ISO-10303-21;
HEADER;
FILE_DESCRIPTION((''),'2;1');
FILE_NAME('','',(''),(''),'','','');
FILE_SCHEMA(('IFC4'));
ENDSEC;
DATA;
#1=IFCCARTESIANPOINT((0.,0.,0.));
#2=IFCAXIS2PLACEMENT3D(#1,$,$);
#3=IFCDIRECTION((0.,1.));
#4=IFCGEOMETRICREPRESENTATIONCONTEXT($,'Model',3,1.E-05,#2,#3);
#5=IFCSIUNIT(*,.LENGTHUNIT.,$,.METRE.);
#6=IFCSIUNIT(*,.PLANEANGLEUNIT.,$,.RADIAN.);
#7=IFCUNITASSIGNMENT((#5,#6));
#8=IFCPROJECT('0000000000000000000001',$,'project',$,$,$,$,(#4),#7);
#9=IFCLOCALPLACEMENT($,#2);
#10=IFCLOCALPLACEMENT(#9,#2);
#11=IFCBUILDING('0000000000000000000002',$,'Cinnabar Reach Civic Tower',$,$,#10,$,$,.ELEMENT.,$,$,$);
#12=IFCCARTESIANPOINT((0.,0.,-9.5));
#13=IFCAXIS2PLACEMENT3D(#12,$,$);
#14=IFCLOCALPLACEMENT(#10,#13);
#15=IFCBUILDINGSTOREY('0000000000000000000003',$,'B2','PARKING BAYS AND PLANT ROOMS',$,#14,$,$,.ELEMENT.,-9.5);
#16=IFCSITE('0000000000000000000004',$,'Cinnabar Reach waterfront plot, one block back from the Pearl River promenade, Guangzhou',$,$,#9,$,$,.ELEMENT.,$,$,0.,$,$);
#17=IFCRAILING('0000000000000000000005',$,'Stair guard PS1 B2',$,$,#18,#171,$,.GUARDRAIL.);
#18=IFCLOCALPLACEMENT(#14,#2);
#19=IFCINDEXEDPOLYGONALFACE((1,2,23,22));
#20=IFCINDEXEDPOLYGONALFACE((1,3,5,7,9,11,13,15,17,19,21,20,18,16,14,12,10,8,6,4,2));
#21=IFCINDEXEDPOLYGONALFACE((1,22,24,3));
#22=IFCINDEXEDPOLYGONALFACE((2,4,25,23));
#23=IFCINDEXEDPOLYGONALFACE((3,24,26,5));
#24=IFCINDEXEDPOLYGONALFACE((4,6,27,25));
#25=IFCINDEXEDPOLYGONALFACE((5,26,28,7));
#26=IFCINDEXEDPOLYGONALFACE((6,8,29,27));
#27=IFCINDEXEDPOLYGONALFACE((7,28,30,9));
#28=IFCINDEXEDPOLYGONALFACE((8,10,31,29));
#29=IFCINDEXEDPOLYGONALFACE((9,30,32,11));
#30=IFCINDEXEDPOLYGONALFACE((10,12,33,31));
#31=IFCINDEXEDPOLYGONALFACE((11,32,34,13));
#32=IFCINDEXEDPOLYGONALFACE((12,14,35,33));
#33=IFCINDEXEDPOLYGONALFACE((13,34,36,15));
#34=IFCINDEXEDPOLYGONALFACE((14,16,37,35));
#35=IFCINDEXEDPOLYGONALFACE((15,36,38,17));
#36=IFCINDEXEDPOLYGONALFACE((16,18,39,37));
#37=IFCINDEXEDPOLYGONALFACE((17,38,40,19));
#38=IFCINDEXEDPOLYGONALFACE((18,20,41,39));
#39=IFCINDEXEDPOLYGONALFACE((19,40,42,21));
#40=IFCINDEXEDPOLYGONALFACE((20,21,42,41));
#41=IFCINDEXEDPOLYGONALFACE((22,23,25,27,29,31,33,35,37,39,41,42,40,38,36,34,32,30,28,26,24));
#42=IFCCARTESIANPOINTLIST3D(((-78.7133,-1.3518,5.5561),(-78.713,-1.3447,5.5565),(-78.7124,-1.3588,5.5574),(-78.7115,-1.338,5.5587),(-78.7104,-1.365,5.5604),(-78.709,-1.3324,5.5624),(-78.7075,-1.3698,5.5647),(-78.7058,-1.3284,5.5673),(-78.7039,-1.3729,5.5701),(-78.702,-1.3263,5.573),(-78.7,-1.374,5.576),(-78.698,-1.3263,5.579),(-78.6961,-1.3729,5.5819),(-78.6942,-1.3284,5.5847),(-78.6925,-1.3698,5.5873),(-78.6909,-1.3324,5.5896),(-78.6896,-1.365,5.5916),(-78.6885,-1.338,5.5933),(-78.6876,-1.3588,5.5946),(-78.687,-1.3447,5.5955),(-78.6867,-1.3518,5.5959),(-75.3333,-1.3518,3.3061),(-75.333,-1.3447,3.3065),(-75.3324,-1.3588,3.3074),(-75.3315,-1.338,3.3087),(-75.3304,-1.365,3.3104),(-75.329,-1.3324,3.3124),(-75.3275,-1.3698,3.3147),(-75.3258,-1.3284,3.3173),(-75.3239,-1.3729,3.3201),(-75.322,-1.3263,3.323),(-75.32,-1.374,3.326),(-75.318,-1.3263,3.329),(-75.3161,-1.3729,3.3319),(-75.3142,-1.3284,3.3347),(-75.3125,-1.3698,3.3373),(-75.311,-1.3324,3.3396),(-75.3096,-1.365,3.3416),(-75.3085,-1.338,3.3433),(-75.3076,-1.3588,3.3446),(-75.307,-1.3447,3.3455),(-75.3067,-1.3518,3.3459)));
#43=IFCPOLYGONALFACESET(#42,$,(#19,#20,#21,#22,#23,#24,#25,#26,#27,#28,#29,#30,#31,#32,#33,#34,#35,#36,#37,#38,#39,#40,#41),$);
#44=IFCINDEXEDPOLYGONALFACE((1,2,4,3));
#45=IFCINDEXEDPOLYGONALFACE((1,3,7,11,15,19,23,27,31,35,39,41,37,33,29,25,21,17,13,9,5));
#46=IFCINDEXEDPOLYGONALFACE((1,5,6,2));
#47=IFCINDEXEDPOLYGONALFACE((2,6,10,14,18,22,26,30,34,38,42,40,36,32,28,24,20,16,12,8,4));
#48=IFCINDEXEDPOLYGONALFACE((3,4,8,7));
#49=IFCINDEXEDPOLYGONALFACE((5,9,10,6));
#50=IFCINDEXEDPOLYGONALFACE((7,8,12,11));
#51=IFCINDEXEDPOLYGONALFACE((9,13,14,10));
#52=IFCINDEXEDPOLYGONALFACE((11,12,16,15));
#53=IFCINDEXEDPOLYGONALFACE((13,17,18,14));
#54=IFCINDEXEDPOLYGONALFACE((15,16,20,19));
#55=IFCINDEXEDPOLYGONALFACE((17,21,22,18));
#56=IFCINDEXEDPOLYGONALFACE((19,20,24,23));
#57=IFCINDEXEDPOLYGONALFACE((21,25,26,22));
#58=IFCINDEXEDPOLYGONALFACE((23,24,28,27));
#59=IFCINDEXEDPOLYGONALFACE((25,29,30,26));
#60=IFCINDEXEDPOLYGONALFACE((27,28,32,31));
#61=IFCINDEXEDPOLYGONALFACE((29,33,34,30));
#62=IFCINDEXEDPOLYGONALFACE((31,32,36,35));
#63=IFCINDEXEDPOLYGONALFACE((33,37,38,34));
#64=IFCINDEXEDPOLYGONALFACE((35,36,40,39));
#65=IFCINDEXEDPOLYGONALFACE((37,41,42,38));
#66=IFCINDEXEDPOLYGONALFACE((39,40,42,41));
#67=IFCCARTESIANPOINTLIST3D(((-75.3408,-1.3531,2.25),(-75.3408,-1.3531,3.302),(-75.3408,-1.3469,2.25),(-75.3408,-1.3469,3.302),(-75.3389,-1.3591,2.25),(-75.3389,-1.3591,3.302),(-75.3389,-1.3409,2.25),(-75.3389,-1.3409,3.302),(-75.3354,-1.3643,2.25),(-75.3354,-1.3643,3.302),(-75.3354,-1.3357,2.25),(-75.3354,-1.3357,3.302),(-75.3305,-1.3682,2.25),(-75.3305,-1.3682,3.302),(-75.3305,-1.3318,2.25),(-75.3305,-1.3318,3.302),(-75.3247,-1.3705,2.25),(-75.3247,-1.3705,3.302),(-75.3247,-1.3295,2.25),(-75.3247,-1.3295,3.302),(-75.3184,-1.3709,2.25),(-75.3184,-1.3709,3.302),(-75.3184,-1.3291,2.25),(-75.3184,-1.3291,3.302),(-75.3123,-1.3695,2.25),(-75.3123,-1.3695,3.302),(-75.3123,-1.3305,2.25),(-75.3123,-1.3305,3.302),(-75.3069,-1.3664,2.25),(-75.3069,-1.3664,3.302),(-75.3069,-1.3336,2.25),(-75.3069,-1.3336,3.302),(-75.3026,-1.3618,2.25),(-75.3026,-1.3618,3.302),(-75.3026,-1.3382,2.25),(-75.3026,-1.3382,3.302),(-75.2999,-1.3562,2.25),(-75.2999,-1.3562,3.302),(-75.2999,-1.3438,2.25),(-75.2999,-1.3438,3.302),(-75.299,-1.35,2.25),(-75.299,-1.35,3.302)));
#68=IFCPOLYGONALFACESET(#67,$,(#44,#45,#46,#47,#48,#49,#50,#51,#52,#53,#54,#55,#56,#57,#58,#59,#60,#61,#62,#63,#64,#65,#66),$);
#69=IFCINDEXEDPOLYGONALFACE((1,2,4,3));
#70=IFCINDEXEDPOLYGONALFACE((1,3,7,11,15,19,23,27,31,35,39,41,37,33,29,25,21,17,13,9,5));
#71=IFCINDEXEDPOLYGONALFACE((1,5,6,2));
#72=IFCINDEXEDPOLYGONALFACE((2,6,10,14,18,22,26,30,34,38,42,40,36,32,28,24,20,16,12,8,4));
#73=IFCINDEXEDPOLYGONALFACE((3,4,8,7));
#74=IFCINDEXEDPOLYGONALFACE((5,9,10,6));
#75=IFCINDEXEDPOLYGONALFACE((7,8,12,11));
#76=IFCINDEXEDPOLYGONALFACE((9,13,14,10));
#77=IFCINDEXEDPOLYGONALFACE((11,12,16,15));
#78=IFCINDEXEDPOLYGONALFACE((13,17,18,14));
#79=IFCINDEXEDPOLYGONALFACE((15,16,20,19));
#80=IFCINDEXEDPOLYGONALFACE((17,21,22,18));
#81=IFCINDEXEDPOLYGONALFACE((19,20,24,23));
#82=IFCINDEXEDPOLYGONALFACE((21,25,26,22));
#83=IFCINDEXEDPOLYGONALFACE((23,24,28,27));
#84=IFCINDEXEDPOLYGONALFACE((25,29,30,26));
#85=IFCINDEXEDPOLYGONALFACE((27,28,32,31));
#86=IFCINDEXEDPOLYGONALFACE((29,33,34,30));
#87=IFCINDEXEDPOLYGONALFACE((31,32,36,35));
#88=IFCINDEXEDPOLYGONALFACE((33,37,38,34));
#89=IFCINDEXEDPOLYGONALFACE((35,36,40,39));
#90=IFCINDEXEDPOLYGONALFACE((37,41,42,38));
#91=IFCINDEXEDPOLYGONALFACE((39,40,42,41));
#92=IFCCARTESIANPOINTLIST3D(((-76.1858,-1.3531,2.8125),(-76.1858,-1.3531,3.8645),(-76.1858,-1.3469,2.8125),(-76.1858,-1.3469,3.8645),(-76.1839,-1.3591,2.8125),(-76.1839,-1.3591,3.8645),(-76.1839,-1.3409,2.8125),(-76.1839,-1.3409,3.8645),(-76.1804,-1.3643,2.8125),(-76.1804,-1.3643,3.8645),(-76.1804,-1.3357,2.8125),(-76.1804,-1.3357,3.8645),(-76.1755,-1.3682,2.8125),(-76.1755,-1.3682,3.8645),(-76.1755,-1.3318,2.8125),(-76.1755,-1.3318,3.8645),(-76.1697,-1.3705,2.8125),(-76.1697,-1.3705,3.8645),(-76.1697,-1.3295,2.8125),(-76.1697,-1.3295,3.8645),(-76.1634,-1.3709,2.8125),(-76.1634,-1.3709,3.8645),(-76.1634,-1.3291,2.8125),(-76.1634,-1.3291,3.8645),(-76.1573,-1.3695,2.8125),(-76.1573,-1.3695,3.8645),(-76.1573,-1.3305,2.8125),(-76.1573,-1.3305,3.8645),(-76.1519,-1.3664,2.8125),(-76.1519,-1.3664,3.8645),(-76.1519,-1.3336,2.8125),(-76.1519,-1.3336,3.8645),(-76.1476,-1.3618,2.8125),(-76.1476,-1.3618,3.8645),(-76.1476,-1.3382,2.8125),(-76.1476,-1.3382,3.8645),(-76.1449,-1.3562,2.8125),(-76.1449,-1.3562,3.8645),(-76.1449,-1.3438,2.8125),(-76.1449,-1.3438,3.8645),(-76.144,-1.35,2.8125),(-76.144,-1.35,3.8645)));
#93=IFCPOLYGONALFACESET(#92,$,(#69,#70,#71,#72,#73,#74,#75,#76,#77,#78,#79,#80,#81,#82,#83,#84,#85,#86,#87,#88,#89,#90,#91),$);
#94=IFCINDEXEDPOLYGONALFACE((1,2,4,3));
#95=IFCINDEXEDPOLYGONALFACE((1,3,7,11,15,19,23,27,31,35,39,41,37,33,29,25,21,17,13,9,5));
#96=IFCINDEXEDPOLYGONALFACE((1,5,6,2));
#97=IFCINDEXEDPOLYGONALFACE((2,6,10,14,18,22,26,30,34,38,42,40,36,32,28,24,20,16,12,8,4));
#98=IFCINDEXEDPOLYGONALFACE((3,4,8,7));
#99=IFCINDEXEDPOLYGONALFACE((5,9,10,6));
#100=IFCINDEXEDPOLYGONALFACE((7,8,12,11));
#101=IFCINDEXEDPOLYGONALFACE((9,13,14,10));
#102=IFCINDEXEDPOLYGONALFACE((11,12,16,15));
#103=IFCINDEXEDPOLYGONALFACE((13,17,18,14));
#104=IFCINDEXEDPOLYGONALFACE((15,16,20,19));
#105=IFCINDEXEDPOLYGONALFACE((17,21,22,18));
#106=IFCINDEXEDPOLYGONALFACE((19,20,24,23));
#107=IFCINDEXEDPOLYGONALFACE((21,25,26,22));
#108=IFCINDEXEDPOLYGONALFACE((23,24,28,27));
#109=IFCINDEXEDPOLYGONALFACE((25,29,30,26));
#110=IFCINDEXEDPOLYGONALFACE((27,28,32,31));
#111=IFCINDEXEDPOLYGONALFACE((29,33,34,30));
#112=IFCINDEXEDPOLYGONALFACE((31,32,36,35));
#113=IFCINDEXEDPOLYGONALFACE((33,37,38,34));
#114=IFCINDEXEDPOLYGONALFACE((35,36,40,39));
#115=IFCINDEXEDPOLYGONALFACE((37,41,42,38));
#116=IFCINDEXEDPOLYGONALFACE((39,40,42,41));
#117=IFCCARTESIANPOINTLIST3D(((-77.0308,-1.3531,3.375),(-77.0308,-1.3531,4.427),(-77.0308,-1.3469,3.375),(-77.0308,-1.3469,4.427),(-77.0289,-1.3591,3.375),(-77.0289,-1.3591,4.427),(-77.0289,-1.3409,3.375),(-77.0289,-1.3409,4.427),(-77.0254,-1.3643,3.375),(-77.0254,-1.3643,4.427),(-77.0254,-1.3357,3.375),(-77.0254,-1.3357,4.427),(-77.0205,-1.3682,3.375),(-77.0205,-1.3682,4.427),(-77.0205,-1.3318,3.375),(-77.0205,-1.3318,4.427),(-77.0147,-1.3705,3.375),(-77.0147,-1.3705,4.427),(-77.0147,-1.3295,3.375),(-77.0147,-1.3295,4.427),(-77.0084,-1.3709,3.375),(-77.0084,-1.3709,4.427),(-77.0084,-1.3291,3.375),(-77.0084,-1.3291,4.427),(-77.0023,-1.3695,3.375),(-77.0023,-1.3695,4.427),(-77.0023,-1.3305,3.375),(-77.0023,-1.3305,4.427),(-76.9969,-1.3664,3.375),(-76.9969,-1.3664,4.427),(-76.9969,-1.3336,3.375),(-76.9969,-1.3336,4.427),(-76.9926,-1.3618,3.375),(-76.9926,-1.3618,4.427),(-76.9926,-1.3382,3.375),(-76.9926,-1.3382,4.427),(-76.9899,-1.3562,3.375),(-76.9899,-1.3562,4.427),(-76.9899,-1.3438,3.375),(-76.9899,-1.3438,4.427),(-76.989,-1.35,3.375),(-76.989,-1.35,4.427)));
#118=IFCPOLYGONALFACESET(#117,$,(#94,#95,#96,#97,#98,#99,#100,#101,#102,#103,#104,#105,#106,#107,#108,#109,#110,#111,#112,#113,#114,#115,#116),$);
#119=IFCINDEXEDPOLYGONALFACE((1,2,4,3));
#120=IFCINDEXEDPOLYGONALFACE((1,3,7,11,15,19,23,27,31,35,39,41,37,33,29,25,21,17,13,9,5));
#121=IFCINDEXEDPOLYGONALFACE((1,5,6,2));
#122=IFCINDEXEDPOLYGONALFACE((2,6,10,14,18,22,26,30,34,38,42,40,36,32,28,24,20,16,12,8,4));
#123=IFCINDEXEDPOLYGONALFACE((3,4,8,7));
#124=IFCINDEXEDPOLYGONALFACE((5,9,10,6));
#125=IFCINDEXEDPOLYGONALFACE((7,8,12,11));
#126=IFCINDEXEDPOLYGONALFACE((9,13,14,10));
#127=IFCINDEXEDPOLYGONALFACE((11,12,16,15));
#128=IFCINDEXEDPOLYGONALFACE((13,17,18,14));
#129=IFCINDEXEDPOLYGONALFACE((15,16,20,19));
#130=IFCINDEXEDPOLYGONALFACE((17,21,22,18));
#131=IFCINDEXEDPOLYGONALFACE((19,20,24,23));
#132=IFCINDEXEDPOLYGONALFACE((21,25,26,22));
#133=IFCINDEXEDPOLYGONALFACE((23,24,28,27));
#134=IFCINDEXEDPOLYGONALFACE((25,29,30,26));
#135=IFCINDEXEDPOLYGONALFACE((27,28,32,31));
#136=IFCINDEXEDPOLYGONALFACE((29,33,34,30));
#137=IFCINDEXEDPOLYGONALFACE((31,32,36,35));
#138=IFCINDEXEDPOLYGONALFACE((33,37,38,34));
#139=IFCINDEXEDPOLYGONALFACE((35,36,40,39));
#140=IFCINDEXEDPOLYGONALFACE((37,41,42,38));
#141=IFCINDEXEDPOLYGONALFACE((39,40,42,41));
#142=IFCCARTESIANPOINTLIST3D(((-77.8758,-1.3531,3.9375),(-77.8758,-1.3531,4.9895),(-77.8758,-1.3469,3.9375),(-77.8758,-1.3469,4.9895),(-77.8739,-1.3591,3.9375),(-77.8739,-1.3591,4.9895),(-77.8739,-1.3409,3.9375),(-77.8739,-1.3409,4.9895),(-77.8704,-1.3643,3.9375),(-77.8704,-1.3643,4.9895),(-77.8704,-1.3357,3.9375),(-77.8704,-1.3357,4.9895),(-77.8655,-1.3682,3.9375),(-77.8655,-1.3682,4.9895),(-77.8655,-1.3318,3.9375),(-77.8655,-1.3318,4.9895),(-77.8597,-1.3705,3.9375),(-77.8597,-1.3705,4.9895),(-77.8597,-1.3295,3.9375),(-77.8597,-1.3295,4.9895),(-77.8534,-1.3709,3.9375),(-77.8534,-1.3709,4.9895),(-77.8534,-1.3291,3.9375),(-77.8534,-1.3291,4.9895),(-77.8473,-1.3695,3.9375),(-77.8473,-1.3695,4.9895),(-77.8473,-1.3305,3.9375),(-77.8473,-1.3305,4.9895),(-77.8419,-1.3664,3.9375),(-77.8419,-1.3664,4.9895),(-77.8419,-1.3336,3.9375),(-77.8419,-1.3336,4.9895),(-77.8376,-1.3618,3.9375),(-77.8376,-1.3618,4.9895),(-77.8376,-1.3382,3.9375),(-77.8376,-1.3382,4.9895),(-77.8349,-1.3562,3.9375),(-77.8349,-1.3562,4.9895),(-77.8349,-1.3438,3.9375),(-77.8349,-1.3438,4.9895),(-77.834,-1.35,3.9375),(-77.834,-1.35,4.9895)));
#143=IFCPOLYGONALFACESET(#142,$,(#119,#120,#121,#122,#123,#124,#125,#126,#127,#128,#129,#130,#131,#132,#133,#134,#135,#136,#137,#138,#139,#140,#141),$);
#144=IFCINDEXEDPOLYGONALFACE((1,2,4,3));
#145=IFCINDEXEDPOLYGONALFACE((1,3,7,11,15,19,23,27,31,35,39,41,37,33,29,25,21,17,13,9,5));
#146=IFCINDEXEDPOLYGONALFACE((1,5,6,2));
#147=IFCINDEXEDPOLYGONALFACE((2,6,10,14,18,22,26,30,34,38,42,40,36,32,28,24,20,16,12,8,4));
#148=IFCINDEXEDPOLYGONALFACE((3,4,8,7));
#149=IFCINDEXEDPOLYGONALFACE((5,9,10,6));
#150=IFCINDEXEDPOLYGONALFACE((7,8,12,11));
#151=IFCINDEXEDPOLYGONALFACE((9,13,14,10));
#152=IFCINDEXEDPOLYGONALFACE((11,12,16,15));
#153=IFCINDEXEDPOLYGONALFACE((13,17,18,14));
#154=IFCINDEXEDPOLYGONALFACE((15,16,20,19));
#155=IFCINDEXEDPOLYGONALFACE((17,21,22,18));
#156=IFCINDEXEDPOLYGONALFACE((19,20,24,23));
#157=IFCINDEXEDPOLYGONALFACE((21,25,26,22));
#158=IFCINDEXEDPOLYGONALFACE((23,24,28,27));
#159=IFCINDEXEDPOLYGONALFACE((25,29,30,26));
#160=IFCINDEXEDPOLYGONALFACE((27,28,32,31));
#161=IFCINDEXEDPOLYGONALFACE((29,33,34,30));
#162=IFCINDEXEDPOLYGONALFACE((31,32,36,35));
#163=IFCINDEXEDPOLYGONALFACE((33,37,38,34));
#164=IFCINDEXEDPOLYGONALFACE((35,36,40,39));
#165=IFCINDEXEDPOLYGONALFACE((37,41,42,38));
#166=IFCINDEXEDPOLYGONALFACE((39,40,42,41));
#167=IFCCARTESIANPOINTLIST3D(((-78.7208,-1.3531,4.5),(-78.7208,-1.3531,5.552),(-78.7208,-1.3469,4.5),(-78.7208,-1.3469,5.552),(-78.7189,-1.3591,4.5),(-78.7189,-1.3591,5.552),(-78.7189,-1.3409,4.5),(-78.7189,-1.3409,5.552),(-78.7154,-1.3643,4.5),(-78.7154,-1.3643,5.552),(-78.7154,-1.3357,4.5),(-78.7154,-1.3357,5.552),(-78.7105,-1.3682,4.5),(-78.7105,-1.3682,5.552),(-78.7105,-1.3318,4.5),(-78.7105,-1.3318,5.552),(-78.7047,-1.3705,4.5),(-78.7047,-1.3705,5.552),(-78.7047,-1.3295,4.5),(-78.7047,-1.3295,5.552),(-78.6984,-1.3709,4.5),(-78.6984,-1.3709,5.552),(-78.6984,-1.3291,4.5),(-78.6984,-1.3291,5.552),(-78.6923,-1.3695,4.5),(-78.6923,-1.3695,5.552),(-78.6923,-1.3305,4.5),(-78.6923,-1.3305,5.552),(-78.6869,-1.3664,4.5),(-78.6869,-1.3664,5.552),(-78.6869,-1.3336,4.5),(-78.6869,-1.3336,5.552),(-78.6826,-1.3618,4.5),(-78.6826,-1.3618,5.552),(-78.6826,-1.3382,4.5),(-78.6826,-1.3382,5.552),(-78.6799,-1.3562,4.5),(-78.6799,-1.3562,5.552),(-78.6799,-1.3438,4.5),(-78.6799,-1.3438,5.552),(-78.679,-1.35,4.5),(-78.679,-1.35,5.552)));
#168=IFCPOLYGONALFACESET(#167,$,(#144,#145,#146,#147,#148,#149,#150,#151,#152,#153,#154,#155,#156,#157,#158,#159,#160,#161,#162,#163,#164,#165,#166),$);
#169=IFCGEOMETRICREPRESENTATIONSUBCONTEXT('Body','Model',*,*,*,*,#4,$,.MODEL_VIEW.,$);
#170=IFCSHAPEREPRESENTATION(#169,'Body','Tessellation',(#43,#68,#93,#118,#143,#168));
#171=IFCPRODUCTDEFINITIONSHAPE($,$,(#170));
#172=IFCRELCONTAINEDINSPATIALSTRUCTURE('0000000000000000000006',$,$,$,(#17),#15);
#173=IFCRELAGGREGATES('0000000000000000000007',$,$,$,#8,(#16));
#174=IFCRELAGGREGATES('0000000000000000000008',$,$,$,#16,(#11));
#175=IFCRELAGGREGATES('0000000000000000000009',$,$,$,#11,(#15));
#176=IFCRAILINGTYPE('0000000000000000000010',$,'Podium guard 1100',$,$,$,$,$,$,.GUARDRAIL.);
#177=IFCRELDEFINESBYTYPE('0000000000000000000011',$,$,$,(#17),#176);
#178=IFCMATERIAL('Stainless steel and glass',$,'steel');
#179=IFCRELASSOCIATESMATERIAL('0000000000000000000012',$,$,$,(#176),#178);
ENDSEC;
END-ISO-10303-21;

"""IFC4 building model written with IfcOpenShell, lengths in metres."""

from ifc_helpers import new_model, si_unit, direction, frame, origin, origin_2d, place, context, subcontext, project, spatial, circle, extrude, material, type_object, element, save


model = new_model("IFC4")

# Units and contexts
model_context = context("Model", 3, precision=1e-05, world=origin(), true_north=direction((0.0, 1.0)))
body_context = subcontext(model_context, "Body", "Model", "MODEL_VIEW")
ifc_project = project(units=[si_unit("LENGTHUNIT", "METRE"), si_unit("PLANEANGLEUNIT", "RADIAN")], contexts=[model_context])

# Site, building, storey
site_placement = place(None, origin())
site = spatial("IfcSite", under=ifc_project, at=site_placement, Name="Cinnabar Reach waterfront plot, one block back from the Pearl River promenade, Guangzhou", CompositionType="ELEMENT", RefElevation=0.0)
building_placement = place(site_placement, origin())
building = spatial("IfcBuilding", under=site, at=building_placement, Name="Cinnabar Reach Civic Tower", CompositionType="ELEMENT")
storey_placement = place(building_placement, frame((0.0, 0.0, -9.5)))
storey = spatial("IfcBuildingStorey", under=building, at=storey_placement, Name="B2", Description="PARKING BAYS AND PLANT ROOMS", CompositionType="ELEMENT", Elevation=-9.5)

# Railing
ifc_material_1 = material(Name="Stainless steel and glass", Category="steel")
railing_type_1 = type_object("IfcRailingType", Name="Podium guard 1100", PredefinedType="GUARDRAIL", material=ifc_material_1)
railing_1_placement = place(storey_placement, frame((-75.32, -1.35, 2.25)))
element("IfcRailing", 1, at=railing_1_placement, inside=storey, type_object=railing_type_1, Name="Stair guard PS1 B2", PredefinedType="GUARDRAIL", context=body_context, shape_type="SweptSolid", body=[
    extrude(circle(Radius=0.024, at=origin_2d()), frame((0.0, 0.0, 1.076), z_axis=(-0.832429, 0.0, 0.554132), x_axis=(0.0, -1.0, 0.0)), (0.0, 0.0, 1.0), 4.0604),
    extrude(circle(Radius=0.021, at=origin_2d()), origin(), (0.0, 0.0, 1.0), 1.052),
    extrude(circle(Radius=0.021, at=origin_2d()), frame((-0.845, 0.0, 0.5625)), (0.0, 0.0, 1.0), 1.052),
    extrude(circle(Radius=0.021, at=origin_2d()), frame((-1.69, 0.0, 1.125)), (0.0, 0.0, 1.0), 1.052),
    extrude(circle(Radius=0.021, at=origin_2d()), frame((-2.535, 0.0, 1.6875)), (0.0, 0.0, 1.0), 1.052),
    extrude(circle(Radius=0.021, at=origin_2d()), frame((-3.38, 0.0, 2.25)), (0.0, 0.0, 1.0), 1.052),
])

save(model, "model.ifc")
